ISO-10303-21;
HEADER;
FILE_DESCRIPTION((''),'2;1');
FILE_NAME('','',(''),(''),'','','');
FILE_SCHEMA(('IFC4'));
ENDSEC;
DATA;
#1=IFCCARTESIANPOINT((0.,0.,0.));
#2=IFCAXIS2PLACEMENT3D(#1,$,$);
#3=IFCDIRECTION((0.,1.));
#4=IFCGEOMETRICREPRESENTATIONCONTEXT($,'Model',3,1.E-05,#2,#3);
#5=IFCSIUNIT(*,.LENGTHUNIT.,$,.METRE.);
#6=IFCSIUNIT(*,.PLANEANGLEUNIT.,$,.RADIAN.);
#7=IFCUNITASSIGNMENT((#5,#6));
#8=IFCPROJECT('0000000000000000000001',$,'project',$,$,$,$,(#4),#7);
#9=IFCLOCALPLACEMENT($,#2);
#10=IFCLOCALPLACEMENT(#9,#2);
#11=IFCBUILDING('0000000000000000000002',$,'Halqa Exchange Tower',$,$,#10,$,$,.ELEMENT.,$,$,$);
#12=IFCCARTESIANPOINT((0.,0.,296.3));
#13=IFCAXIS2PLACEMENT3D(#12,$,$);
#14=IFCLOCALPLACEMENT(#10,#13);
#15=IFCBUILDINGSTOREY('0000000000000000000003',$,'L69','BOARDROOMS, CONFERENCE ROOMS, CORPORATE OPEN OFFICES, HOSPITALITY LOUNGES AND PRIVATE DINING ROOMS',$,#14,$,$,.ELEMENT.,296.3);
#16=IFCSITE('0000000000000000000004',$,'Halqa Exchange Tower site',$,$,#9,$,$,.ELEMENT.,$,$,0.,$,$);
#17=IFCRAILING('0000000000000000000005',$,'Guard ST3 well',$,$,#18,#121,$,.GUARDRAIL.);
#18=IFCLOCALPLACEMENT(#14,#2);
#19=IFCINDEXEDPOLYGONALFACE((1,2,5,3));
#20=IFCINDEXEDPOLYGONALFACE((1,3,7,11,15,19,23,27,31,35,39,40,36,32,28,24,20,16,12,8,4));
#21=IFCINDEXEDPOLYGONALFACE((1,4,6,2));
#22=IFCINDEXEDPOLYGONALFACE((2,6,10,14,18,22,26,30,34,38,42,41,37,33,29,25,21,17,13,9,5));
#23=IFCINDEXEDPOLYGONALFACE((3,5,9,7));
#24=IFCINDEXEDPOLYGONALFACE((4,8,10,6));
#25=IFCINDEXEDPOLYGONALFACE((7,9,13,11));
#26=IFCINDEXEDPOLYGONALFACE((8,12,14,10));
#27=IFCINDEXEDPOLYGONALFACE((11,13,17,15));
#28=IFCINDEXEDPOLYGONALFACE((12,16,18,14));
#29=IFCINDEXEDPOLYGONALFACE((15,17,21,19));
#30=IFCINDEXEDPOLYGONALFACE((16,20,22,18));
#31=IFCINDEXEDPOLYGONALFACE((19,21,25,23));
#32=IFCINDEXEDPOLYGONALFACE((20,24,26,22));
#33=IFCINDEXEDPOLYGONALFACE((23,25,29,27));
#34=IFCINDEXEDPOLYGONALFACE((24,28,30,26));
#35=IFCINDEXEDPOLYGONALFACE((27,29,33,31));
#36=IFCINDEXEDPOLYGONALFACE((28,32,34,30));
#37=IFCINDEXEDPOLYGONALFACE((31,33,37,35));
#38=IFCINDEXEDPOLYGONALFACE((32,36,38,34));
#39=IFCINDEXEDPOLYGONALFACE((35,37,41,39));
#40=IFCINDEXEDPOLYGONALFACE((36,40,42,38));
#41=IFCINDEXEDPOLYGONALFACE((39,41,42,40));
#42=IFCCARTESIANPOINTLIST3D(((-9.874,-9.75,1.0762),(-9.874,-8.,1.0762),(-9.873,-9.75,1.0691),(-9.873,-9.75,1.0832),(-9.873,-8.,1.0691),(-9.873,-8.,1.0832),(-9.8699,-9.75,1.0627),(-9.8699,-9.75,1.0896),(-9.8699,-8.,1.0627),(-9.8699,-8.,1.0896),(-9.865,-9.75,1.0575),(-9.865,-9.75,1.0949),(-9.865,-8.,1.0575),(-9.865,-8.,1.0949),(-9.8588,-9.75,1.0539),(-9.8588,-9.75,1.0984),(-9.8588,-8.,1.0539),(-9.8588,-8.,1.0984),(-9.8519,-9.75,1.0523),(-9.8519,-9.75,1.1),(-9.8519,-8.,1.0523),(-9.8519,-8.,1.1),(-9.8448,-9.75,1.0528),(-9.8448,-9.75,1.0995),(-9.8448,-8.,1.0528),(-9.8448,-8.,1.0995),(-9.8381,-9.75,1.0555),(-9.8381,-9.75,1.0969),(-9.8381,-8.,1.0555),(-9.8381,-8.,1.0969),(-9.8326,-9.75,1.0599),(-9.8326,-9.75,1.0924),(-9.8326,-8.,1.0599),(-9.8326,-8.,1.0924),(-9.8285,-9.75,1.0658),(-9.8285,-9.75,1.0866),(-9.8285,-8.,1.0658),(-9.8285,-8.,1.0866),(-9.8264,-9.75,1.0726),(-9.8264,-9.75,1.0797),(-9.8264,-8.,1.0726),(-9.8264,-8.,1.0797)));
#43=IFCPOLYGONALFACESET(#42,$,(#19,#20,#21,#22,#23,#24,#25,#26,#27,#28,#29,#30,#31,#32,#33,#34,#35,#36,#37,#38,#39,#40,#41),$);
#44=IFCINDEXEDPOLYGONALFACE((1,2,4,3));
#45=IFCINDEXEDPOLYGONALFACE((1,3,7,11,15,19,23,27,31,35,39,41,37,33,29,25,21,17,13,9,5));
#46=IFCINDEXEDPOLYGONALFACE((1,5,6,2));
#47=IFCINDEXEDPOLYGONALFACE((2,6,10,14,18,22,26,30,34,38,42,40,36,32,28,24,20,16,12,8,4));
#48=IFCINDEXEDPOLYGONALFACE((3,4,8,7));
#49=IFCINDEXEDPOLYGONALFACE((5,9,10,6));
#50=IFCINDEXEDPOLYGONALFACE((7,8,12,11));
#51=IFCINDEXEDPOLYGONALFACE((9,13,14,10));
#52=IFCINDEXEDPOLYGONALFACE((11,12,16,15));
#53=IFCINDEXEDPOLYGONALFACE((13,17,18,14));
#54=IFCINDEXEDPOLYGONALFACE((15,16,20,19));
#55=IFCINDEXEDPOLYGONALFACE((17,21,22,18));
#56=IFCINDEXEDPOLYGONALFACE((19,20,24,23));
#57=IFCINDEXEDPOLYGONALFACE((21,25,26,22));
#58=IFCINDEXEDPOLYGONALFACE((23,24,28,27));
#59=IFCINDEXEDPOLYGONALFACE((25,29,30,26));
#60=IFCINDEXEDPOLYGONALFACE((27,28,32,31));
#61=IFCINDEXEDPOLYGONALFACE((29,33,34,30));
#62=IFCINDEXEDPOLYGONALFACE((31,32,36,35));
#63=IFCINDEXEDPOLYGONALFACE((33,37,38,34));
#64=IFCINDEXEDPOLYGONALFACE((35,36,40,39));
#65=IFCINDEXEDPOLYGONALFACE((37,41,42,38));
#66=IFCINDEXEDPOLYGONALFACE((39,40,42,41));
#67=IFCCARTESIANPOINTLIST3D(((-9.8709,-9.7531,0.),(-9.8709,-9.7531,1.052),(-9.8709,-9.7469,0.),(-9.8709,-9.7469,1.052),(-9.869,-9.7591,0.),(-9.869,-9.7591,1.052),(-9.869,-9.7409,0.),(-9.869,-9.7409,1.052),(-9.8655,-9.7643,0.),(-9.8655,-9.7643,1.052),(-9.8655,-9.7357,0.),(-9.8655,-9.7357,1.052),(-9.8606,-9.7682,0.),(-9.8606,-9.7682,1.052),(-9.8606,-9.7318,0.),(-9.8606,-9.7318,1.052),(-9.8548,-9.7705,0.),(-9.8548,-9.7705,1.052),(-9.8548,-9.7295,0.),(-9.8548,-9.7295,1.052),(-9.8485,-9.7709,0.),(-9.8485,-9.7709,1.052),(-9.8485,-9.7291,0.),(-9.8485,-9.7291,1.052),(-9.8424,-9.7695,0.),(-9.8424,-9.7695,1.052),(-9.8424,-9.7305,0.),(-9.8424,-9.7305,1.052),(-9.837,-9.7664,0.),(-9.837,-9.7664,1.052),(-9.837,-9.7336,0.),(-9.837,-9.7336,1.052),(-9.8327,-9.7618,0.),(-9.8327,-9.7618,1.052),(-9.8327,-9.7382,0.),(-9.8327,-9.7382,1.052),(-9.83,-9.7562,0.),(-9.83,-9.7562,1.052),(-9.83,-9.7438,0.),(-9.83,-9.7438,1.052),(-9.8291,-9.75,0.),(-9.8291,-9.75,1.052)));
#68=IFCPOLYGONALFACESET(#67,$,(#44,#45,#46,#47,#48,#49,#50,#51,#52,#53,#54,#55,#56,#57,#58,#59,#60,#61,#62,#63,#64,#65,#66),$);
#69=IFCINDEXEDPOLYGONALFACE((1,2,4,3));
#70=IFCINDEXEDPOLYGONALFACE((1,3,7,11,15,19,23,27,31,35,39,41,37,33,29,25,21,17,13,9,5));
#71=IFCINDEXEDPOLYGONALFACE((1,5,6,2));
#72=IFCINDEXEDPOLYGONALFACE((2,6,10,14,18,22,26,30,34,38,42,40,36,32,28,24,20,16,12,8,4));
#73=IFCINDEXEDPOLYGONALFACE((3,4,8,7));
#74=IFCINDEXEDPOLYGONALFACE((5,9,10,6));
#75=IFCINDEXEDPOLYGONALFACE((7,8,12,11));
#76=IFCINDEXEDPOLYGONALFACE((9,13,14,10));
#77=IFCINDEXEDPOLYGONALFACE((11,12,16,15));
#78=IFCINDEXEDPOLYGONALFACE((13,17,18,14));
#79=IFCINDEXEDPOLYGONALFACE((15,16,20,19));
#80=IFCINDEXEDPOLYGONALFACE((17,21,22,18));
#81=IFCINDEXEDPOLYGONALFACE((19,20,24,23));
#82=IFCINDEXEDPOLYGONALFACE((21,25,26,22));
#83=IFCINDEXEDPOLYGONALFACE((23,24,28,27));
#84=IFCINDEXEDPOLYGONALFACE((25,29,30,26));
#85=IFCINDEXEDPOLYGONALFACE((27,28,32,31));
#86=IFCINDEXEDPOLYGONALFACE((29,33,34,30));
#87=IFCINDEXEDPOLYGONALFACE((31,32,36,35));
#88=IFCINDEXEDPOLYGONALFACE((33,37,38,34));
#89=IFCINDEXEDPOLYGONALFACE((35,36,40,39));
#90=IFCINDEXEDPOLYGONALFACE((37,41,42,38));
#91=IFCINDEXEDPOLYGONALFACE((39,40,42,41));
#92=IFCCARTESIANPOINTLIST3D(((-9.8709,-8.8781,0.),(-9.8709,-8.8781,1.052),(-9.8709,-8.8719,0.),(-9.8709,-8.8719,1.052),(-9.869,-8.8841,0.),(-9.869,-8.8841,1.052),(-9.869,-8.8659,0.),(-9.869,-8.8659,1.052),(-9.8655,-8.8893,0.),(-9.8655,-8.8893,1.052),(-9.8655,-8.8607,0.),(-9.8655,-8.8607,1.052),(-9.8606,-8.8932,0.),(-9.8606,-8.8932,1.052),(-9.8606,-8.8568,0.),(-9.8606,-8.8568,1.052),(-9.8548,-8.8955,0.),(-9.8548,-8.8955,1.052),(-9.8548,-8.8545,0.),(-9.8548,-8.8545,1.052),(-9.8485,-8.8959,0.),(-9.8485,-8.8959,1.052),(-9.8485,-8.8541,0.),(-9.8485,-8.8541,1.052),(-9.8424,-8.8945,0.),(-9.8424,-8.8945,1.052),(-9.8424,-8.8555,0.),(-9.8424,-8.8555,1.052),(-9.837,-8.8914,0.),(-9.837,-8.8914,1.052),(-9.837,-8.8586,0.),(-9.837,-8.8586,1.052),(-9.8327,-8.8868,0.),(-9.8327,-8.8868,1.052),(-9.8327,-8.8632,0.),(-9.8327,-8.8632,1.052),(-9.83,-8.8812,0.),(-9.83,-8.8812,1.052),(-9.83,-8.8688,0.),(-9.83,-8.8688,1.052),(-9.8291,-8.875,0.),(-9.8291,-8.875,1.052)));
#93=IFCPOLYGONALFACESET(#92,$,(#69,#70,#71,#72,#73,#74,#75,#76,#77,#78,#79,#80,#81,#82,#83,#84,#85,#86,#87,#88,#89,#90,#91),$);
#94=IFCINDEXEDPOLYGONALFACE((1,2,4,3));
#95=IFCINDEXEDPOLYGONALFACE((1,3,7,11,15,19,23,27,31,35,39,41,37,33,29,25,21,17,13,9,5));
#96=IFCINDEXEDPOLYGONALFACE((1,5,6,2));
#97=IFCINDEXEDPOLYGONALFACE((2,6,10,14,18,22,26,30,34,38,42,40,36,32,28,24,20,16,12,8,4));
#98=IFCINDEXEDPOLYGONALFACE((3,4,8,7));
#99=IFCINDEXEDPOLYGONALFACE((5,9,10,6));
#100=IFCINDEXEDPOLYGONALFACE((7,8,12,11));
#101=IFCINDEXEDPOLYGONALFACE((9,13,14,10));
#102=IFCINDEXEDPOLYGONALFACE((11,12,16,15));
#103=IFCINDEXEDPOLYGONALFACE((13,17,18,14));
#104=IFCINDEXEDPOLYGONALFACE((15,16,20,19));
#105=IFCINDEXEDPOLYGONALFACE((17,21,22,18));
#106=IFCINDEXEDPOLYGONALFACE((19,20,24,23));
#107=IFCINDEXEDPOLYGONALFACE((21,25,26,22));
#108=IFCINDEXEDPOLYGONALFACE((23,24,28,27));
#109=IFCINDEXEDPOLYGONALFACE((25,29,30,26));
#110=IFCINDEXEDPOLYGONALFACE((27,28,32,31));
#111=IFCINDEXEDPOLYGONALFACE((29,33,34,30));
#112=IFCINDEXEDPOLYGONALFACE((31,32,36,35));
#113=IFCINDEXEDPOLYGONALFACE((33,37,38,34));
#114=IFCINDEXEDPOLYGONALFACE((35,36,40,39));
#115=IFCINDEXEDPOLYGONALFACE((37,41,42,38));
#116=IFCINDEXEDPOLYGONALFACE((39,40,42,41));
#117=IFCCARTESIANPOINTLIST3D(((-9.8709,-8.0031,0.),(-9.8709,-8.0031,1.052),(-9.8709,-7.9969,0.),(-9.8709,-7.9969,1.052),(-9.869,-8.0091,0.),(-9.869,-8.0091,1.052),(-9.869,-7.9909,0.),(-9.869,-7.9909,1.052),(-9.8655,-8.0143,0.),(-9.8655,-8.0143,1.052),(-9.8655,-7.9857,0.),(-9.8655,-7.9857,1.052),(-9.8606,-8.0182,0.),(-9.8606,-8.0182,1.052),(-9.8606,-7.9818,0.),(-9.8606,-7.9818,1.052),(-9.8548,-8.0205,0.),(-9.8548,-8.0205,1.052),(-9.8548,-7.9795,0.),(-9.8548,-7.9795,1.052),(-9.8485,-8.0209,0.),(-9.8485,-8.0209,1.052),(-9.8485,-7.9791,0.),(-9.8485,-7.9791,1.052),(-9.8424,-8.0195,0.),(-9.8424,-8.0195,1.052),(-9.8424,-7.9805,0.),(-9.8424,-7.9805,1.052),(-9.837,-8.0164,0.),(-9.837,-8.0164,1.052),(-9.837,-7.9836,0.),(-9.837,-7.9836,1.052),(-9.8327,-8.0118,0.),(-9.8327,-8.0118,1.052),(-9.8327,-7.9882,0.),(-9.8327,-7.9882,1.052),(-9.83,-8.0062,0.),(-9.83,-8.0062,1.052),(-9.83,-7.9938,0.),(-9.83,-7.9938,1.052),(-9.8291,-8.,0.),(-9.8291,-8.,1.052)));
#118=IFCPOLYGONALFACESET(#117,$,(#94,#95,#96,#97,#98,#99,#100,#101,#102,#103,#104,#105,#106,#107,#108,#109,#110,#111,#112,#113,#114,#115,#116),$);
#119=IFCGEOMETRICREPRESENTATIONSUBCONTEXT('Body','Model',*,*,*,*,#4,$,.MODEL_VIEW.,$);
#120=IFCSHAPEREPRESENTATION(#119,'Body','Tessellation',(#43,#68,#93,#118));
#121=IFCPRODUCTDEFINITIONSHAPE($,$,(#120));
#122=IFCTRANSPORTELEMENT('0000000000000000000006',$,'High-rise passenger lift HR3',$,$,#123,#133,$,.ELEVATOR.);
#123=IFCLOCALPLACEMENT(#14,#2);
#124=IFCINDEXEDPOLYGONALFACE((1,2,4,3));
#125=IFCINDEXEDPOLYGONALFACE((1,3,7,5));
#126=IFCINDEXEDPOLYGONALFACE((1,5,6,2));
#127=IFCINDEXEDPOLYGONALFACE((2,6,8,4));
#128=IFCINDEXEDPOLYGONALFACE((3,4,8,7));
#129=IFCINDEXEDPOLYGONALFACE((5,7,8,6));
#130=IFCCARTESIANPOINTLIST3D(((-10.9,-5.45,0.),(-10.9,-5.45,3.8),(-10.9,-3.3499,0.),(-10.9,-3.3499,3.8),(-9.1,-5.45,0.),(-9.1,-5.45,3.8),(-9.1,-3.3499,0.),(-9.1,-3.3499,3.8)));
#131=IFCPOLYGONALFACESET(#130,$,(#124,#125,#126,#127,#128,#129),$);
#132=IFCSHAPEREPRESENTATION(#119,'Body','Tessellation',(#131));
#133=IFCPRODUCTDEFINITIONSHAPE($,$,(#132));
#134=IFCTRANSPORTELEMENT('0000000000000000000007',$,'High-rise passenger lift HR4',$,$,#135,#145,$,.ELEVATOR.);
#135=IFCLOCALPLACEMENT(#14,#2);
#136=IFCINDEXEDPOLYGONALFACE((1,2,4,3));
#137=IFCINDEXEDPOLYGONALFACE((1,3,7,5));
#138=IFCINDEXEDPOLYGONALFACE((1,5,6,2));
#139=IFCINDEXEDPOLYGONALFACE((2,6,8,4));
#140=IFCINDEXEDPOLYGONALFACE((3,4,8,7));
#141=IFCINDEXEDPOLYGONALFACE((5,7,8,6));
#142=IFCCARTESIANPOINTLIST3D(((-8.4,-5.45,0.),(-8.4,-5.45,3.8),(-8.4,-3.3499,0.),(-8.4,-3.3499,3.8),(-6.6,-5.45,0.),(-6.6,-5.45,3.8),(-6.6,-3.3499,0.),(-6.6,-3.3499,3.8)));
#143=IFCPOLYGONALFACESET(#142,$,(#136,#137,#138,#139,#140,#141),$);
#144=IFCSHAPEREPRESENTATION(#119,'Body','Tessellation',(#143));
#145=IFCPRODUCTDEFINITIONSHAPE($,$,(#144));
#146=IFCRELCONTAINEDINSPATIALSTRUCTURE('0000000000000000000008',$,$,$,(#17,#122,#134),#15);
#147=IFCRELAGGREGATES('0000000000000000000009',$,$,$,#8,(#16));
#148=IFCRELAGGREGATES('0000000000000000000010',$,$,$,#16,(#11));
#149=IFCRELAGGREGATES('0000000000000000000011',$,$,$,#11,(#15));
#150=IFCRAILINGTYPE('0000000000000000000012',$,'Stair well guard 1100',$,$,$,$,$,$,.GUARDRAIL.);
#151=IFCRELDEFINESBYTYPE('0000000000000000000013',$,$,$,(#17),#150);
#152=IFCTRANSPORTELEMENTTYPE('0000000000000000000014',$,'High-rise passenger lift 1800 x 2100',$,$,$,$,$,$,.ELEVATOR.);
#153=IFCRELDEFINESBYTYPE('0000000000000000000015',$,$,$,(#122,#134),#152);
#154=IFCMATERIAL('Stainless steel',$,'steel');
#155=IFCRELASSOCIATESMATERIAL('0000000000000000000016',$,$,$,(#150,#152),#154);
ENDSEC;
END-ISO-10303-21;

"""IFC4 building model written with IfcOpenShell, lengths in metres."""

from ifc_helpers import new_model, si_unit, direction, frame, origin, origin_2d, place, context, subcontext, project, spatial, rectangle, circle, extrude, material, type_object, element, save


model = new_model("IFC4")

# Units and contexts
model_context = context("Model", 3, precision=1e-05, world=origin(), true_north=direction((0.0, 1.0)))
body_context = subcontext(model_context, "Body", "Model", "MODEL_VIEW")
ifc_project = project(units=[si_unit("LENGTHUNIT", "METRE"), si_unit("PLANEANGLEUNIT", "RADIAN")], contexts=[model_context])

# Site, building, storey
site_placement = place(None, origin())
site = spatial("IfcSite", under=ifc_project, at=site_placement, Name="Halqa Exchange Tower site", CompositionType="ELEMENT", RefElevation=0.0)
building_placement = place(site_placement, origin())
building = spatial("IfcBuilding", under=site, at=building_placement, Name="Halqa Exchange Tower", CompositionType="ELEMENT")
storey_placement = place(building_placement, frame((0.0, 0.0, 296.3)))
storey = spatial("IfcBuildingStorey", under=building, at=storey_placement, Name="L69", Description="BOARDROOMS, CONFERENCE ROOMS, CORPORATE OPEN OFFICES, HOSPITALITY LOUNGES AND PRIVATE DINING ROOMS", CompositionType="ELEMENT", Elevation=296.3)

# Shared definitions
ifc_material_1 = material(Name="Stainless steel", Category="steel")

# Railing
railing_type_1 = type_object("IfcRailingType", Name="Stair well guard 1100", PredefinedType="GUARDRAIL", material=ifc_material_1)
railing_1_placement = place(storey_placement, frame((-9.8501, -9.75, 0.0)))
element("IfcRailing", 1, at=railing_1_placement, inside=storey, type_object=railing_type_1, Name="Guard ST3 well", PredefinedType="GUARDRAIL", context=body_context, shape_type="SweptSolid", body=[
    extrude(circle(Radius=0.0239, at=origin_2d()), frame((0.0, 0.0, 1.0762), z_axis=(0.0, 1.0, 0.0), x_axis=(-1.0, 0.0, 0.0)), (0.0, 0.0, 1.0), 1.75),
    extrude(circle(Radius=0.021, at=origin_2d()), origin(), (0.0, 0.0, 1.0), 1.052),
    extrude(circle(Radius=0.021, at=origin_2d()), frame((0.0, 0.875, 0.0)), (0.0, 0.0, 1.0), 1.052),
    extrude(circle(Radius=0.021, at=origin_2d()), frame((0.0, 1.75, 0.0)), (0.0, 0.0, 1.0), 1.052),
])

# Transport elements
transport_element_type = type_object("IfcTransportElementType", Name="High-rise passenger lift 1800 x 2100", PredefinedType="ELEVATOR", material=ifc_material_1)
for number, where, z_axis, x_axis, name in (
    (2, (-10.0, -4.3999, 0.0), (0.0, 0.0, 1.0), (1.0, 0.0, 0.0), "High-rise passenger lift HR3"),
    (3, (-7.5, -4.3999, 0.0), (0.0, 0.0, 1.0), (1.0, 0.0, 0.0), "High-rise passenger lift HR4"),
):
    element("IfcTransportElement", number, at=place(storey_placement, frame(where, z_axis=z_axis, x_axis=x_axis)), inside=storey, type_object=transport_element_type, Name=name, PredefinedType="ELEVATOR", context=body_context, shape_type="SweptSolid", body=[
        extrude(rectangle(XDim=1.8, YDim=2.1001, at=origin_2d()), origin(), (0.0, 0.0, 1.0), 3.8),
    ])

save(model, "model.ifc")
